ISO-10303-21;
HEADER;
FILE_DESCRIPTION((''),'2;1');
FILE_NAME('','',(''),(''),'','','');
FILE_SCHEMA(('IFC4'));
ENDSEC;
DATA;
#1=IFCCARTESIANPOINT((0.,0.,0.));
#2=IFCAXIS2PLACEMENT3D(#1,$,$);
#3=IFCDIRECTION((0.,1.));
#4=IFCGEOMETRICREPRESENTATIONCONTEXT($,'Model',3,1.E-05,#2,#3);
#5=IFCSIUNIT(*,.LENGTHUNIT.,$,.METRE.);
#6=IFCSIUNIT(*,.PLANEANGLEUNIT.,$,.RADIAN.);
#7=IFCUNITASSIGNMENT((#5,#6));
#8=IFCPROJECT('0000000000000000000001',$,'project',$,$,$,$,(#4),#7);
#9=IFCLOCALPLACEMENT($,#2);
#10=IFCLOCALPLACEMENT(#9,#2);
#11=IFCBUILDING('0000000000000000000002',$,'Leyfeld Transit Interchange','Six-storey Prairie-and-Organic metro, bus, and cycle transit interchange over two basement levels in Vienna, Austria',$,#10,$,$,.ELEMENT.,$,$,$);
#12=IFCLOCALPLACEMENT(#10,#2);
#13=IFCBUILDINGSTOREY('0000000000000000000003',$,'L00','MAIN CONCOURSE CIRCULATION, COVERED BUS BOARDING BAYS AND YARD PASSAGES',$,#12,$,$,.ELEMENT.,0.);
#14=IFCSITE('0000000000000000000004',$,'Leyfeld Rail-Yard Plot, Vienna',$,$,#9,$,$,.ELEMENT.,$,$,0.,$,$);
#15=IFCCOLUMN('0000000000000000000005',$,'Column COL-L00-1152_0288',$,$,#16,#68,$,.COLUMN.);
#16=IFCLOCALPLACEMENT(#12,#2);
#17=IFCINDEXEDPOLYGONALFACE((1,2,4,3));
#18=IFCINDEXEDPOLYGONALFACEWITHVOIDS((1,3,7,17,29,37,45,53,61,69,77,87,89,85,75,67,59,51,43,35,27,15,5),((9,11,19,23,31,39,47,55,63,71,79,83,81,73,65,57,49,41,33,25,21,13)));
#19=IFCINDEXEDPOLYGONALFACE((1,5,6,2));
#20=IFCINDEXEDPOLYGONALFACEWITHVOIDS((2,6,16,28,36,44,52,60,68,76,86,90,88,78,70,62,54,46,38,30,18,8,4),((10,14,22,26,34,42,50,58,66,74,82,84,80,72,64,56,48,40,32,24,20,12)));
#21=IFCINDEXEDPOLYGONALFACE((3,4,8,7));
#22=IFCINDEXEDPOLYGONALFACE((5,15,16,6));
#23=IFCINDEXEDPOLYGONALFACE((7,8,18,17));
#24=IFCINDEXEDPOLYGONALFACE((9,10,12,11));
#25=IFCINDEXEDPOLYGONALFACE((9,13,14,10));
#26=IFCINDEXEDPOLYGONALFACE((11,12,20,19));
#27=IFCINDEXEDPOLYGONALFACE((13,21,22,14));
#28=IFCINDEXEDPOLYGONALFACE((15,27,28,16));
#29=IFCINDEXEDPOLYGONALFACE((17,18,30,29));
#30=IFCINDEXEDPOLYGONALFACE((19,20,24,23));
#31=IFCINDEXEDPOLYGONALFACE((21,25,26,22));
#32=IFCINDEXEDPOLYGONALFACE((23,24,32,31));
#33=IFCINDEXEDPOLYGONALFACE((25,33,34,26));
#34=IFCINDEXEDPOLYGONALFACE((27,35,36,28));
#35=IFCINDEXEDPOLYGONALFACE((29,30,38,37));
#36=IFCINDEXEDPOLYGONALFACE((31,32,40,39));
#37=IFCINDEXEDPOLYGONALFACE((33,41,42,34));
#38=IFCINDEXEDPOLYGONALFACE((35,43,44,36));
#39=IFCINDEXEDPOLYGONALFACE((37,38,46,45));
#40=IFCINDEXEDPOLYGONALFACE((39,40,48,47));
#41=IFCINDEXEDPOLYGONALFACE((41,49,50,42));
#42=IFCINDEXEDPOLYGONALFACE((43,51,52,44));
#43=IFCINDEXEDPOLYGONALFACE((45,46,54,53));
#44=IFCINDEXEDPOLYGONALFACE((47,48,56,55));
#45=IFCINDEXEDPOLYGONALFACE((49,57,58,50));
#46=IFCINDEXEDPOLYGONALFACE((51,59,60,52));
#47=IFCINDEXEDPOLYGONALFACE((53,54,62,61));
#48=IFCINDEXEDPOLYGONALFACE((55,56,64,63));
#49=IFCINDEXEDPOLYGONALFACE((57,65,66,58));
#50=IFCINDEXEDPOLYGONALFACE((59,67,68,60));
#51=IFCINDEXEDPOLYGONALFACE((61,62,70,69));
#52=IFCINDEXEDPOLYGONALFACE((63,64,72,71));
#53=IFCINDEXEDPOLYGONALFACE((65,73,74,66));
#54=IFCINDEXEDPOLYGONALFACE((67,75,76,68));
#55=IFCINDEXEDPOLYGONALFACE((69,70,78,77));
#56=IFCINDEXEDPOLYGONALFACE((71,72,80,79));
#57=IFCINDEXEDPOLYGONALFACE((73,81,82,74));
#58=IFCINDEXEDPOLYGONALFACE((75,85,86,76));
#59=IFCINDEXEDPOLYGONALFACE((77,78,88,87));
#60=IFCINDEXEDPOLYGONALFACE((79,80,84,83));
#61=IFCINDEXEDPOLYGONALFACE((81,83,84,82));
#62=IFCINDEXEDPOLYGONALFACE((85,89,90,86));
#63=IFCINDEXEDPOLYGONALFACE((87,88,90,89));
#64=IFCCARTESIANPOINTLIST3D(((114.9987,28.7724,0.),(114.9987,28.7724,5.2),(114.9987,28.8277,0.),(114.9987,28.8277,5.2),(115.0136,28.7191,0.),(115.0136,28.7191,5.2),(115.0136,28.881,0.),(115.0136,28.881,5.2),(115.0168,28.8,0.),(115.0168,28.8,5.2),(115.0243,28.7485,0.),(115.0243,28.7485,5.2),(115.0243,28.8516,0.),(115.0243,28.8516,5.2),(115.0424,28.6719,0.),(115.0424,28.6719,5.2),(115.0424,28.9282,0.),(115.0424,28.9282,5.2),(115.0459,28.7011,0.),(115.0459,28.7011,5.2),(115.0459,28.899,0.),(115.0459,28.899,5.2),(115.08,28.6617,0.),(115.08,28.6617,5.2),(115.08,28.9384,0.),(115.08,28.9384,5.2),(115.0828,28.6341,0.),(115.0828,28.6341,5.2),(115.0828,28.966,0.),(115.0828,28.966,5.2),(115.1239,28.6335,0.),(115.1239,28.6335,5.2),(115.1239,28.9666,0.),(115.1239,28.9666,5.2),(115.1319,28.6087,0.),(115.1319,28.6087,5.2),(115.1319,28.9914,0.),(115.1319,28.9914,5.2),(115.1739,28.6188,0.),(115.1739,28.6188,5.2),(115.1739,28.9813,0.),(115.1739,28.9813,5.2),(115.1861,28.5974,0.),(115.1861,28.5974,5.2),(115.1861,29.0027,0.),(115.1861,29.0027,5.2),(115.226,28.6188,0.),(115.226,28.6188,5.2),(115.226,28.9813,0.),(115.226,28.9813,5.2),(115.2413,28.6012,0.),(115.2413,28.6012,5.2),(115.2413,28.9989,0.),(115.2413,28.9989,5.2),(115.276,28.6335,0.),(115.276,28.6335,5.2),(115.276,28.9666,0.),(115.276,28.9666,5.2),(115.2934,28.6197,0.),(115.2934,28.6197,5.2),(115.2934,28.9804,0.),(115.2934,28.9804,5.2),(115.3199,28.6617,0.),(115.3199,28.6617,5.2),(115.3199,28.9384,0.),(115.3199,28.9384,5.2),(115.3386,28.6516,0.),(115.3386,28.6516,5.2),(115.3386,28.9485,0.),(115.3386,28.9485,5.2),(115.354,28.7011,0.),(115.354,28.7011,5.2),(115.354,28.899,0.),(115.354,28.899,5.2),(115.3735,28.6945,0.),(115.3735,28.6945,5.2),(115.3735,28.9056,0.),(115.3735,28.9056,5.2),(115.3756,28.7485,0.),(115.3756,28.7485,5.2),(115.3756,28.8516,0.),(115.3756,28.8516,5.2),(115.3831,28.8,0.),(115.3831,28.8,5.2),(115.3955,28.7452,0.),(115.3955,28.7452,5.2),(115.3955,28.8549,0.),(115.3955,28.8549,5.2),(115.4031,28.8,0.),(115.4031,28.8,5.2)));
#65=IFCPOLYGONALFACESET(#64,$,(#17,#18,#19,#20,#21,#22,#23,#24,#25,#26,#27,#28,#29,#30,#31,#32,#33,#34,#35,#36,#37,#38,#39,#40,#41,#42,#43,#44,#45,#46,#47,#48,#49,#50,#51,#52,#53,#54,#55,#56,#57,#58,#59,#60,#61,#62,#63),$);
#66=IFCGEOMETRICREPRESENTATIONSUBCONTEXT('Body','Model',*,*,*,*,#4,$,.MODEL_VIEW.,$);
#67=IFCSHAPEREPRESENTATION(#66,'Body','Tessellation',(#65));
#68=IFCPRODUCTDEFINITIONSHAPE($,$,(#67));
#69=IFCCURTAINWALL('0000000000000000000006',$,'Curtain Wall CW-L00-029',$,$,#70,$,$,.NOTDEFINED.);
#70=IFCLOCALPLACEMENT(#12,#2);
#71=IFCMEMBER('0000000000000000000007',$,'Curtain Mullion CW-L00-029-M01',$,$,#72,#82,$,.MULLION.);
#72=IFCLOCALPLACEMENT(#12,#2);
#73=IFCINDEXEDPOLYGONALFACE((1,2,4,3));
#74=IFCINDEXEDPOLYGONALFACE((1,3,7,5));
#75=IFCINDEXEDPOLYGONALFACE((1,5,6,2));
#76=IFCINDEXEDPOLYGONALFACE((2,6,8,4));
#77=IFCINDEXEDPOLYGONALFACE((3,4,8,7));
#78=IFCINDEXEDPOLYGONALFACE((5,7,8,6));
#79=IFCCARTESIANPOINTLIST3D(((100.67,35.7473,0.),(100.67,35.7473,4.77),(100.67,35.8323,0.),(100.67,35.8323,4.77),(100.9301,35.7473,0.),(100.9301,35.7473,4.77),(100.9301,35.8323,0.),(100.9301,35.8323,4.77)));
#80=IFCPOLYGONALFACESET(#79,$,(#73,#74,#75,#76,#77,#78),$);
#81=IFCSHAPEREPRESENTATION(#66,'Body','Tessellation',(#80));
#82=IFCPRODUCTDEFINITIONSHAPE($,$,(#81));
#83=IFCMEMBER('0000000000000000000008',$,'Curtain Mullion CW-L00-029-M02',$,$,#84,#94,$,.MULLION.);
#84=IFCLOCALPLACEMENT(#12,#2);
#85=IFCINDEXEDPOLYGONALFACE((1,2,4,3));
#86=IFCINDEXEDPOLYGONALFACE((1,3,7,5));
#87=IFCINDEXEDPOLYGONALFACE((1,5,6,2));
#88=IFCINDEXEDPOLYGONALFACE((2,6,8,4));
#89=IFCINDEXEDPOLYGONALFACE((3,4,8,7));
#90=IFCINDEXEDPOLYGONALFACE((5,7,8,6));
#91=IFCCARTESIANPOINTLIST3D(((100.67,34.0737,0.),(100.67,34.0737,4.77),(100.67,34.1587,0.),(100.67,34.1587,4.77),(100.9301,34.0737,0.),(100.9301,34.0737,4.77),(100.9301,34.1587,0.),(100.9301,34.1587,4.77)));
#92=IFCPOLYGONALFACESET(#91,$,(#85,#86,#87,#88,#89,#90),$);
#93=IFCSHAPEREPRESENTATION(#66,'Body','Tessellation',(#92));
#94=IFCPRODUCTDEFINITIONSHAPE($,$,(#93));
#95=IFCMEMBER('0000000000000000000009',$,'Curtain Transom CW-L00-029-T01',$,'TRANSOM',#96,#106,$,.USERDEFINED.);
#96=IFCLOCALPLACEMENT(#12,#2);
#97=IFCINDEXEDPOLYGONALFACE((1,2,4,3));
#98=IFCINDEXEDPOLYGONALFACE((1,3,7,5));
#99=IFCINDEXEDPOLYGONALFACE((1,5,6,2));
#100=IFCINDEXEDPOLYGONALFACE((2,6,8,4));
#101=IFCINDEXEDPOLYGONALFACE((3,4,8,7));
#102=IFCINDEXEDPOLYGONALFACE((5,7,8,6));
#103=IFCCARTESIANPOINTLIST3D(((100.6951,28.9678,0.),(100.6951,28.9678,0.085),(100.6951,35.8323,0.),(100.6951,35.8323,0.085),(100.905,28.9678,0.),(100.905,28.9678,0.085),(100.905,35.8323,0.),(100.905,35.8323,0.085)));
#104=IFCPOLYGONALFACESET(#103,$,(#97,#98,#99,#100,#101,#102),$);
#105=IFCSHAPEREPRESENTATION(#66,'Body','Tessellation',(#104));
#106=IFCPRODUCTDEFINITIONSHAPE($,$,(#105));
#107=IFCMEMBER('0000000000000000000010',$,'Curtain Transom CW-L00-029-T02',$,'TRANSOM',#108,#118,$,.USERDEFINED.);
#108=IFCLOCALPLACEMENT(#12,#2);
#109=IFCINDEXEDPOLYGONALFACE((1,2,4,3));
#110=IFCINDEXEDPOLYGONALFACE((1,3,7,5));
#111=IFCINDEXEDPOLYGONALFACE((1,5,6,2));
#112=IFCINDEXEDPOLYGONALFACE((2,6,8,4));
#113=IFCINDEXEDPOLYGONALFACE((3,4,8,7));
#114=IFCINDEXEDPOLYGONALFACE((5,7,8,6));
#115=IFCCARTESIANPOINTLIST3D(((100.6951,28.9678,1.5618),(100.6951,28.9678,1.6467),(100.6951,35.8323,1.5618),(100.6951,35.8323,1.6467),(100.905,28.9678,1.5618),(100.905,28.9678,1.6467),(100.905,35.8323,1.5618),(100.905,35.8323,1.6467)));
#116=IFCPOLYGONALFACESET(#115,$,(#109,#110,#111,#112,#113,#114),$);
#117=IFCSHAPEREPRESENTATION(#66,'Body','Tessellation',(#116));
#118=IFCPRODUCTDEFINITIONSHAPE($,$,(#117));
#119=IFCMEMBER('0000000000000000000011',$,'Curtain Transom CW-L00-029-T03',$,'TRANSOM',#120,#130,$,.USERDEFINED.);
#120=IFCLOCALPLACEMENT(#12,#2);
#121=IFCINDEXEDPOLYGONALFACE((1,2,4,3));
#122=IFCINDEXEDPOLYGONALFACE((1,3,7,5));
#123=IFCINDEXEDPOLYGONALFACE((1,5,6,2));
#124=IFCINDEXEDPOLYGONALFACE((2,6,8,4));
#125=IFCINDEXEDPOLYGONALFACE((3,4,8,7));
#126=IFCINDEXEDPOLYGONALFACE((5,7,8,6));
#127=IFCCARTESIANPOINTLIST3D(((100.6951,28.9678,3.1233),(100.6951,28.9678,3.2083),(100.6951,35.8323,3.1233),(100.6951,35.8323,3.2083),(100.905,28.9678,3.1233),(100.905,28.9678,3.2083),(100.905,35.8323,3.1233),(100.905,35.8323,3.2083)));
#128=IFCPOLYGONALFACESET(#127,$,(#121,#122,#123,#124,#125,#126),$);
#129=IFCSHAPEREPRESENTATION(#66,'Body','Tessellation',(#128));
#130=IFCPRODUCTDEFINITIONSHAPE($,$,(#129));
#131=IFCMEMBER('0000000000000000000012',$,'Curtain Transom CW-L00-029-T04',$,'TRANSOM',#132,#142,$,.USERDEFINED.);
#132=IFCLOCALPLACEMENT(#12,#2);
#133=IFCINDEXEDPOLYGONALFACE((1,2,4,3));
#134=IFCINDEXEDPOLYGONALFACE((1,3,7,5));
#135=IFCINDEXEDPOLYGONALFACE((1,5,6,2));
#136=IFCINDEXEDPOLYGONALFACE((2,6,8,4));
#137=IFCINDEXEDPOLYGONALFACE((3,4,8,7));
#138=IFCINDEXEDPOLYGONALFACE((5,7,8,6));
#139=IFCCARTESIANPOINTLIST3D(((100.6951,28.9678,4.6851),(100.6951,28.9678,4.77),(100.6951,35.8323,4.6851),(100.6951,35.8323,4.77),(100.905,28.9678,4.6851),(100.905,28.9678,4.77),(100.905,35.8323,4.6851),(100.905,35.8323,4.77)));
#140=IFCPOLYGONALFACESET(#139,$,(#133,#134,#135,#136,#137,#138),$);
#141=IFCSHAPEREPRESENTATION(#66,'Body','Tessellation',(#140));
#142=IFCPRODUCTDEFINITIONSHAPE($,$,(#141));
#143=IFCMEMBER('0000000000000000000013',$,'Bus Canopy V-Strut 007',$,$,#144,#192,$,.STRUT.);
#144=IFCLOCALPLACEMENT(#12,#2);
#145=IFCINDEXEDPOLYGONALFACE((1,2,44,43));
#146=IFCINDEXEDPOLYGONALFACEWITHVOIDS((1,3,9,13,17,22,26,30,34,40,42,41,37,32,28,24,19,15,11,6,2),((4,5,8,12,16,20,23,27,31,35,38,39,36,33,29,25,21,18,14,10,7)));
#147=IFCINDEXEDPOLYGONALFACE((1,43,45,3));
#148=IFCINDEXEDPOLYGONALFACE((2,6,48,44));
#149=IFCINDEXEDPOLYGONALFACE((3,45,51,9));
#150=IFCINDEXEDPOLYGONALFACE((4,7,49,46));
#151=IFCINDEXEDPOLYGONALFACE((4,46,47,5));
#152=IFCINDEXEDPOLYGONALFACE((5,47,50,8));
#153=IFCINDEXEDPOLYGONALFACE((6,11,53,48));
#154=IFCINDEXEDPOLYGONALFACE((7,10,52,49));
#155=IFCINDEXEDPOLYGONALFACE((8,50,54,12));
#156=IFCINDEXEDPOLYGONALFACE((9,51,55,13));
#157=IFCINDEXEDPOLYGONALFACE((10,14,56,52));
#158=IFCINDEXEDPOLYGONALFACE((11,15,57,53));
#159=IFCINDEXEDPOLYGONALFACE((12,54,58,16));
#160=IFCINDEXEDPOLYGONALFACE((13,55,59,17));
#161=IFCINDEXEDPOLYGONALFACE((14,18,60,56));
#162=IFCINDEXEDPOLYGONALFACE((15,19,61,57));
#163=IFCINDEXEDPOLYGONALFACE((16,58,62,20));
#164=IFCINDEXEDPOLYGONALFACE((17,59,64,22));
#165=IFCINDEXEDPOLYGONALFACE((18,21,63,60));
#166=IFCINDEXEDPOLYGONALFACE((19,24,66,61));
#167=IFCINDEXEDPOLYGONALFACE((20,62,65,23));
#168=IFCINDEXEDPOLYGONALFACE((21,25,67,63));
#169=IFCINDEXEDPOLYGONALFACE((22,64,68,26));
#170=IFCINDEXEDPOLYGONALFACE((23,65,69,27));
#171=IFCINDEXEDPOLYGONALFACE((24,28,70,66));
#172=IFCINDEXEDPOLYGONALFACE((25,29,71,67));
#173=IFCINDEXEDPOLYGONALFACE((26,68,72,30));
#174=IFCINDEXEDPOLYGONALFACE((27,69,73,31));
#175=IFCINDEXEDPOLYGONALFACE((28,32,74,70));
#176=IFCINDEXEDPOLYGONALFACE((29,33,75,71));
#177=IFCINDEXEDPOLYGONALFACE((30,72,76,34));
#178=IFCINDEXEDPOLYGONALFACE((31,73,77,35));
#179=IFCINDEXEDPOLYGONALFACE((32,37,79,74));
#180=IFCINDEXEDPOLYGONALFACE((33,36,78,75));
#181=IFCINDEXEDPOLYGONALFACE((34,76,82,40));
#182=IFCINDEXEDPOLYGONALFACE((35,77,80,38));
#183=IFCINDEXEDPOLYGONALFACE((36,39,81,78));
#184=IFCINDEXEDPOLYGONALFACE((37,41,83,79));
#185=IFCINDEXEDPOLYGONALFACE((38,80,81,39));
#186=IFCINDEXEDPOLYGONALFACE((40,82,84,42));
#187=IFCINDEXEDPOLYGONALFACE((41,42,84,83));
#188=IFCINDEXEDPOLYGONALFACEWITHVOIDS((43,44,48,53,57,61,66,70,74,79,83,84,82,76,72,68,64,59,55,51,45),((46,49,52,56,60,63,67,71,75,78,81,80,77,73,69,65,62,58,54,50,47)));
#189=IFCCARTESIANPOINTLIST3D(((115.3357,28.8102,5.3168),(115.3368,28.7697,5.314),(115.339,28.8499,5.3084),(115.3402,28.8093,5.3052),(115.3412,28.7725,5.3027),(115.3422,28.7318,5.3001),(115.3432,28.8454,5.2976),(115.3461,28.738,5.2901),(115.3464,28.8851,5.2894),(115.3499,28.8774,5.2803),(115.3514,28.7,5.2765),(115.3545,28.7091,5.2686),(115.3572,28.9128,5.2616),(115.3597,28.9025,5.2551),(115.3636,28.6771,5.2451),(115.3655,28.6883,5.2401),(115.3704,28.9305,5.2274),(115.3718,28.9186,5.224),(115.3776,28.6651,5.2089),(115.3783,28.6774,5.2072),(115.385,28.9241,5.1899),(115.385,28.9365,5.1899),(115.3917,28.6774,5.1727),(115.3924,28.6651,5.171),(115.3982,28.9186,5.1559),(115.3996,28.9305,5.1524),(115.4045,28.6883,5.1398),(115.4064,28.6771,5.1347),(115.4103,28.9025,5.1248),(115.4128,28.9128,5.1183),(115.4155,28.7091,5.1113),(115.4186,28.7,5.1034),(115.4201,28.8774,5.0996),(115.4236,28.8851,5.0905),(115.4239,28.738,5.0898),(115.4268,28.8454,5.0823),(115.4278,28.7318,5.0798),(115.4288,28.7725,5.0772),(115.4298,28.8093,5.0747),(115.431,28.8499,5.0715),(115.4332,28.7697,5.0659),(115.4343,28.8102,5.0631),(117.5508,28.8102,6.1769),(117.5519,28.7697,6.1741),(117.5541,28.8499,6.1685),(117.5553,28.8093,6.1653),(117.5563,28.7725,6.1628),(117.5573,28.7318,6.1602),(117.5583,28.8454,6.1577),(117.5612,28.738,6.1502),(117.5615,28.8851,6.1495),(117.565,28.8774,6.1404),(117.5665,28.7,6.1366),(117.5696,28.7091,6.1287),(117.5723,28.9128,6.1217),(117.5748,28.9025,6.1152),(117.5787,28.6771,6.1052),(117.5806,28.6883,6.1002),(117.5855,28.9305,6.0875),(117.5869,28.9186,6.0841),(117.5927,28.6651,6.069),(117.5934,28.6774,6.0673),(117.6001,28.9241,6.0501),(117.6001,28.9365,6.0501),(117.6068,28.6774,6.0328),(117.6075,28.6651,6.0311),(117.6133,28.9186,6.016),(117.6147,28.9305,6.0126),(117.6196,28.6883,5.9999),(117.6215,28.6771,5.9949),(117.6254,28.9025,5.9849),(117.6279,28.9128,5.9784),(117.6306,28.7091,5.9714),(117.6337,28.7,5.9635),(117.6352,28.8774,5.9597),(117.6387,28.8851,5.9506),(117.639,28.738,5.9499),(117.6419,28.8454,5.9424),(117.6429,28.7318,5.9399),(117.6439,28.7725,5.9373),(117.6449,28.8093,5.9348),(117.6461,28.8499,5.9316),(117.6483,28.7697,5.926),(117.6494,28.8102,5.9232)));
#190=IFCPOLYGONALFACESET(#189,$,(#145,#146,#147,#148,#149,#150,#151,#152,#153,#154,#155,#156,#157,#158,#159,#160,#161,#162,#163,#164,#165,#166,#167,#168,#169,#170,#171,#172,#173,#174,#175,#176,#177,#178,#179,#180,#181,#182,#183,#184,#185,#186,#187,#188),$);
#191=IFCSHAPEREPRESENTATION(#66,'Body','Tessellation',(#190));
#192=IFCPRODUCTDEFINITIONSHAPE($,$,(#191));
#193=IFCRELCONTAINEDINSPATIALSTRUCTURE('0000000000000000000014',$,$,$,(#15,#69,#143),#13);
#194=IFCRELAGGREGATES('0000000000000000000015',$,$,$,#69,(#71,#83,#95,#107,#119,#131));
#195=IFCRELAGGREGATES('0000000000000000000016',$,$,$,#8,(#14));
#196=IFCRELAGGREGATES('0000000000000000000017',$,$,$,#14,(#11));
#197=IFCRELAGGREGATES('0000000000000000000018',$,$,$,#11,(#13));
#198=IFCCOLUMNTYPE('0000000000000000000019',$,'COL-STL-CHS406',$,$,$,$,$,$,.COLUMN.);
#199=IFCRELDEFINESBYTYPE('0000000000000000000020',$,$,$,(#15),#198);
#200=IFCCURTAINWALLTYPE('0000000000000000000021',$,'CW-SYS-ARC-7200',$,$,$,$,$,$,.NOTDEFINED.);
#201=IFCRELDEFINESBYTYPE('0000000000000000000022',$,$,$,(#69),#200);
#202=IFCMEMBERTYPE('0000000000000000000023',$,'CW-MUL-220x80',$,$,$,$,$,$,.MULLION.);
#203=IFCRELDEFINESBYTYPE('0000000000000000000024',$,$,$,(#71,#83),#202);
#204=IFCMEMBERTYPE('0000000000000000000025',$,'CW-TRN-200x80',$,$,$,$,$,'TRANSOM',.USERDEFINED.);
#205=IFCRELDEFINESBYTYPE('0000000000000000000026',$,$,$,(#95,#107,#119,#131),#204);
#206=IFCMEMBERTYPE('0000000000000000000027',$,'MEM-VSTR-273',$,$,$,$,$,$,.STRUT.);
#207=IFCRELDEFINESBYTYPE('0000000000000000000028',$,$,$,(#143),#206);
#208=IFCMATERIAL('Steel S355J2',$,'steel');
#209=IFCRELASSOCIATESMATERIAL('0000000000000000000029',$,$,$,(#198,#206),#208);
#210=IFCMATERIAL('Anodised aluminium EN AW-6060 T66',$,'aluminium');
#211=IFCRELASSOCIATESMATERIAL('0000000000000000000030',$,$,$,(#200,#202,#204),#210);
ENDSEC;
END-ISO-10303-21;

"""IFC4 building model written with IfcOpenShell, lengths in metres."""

from ifc_helpers import new_model, si_unit, direction, frame, origin, origin_2d, place, context, subcontext, project, spatial, rectangle, hollow_circle, extrude, material, material_profile, profile_set, type_object, element, aggregate, save


model = new_model("IFC4")

# Units and contexts
model_context = context("Model", 3, precision=1e-05, world=origin(), true_north=direction((0.0, 1.0)))
body_context = subcontext(model_context, "Body", "Model", "MODEL_VIEW")
ifc_project = project(units=[si_unit("LENGTHUNIT", "METRE"), si_unit("PLANEANGLEUNIT", "RADIAN")], contexts=[model_context])

# Site, building, storey
site_placement = place(None, origin())
site = spatial("IfcSite", under=ifc_project, at=site_placement, Name="Leyfeld Rail-Yard Plot, Vienna", CompositionType="ELEMENT", RefElevation=0.0)
building_placement = place(site_placement, origin())
building = spatial("IfcBuilding", under=site, at=building_placement, Name="Leyfeld Transit Interchange", Description="Six-storey Prairie-and-Organic metro, bus, and cycle transit interchange over two basement levels in Vienna, Austria", CompositionType="ELEMENT")
storey_placement = place(building_placement, origin())
storey = spatial("IfcBuildingStorey", under=building, at=storey_placement, Name="L00", Description="MAIN CONCOURSE CIRCULATION, COVERED BUS BOARDING BAYS AND YARD PASSAGES", CompositionType="ELEMENT", Elevation=0.0)

# Column
ifc_material_1 = material(Name="Steel S355J2", Category="steel")
ifc_material_profile_1 = material_profile(ifc_material_1, hollow_circle(Radius=0.2031, WallThickness=0.02, at=origin_2d()), Name="CHS 406.4x20")
ifc_profile_set_1 = profile_set([ifc_material_profile_1], Name="Steel S355J2")
column_type = type_object("IfcColumnType", Name="COL-STL-CHS406", PredefinedType="COLUMN", material=ifc_profile_set_1)
column_placement = place(storey_placement, frame((115.2, 28.8, 0.0), z_axis=(0.0, 0.0, 1.0), x_axis=(1.0, 0.0, 0.0)))
element("IfcColumn", 1, at=column_placement, inside=storey, type_object=column_type, Name="Column COL-L00-1152_0288", PredefinedType="COLUMN", context=body_context, shape_type="SweptSolid", body=[
    extrude(hollow_circle(Radius=0.2031, WallThickness=0.02, at=origin_2d()), origin(), (0.0, 0.0, 1.0), 5.2),
])

# Curtain wall, members
ifc_material_2 = material(Name="Anodised aluminium EN AW-6060 T66", Category="aluminium")
curtain_wall_type = type_object("IfcCurtainWallType", Name="CW-SYS-ARC-7200", PredefinedType="NOTDEFINED", material=ifc_material_2)
curtain_wall_placement = place(storey_placement, origin())
curtain_wall = element("IfcCurtainWall", 2, at=curtain_wall_placement, inside=storey, type_object=curtain_wall_type, Name="Curtain Wall CW-L00-029", PredefinedType="NOTDEFINED")
ifc_material_profile_2 = material_profile(ifc_material_2, rectangle(XDim=0.085, YDim=0.26, at=origin_2d()), Name="CW-M 85x260")
ifc_profile_set_2 = profile_set([ifc_material_profile_2], Name="Anodised aluminium EN AW-6060 T66")
member_type_1 = type_object("IfcMemberType", Name="CW-MUL-220x80", PredefinedType="MULLION", material=ifc_profile_set_2)
member_1_placement = place(storey_placement, frame((100.8, 35.7898, 0.0), z_axis=(0.0, 0.0, 1.0), x_axis=(0.0, -1.0, 0.0)))
member_1 = element("IfcMember", 3, at=member_1_placement, type_object=member_type_1, Name="Curtain Mullion CW-L00-029-M01", PredefinedType="MULLION", context=body_context, shape_type="SweptSolid", body=[
    extrude(rectangle(XDim=0.085, YDim=0.26, at=origin_2d()), origin(), (0.0, 0.0, 1.0), 4.77),
])
member_2_placement = place(storey_placement, frame((100.8, 34.1162, 0.0), z_axis=(0.0, 0.0, 1.0), x_axis=(0.0, -1.0, 0.0)))
member_2 = element("IfcMember", 4, at=member_2_placement, type_object=member_type_1, Name="Curtain Mullion CW-L00-029-M02", PredefinedType="MULLION", context=body_context, shape_type="SweptSolid", body=[
    extrude(rectangle(XDim=0.085, YDim=0.26, at=origin_2d()), origin(), (0.0, 0.0, 1.0), 4.77),
])
ifc_material_profile_3 = material_profile(ifc_material_2, rectangle(XDim=0.21, YDim=0.085, at=origin_2d()), Name="CW-TRN-200x80")
ifc_profile_set_3 = profile_set([ifc_material_profile_3], Name="Anodised aluminium EN AW-6060 T66")
member_type_2 = type_object("IfcMemberType", Name="CW-TRN-200x80", ElementType="TRANSOM", PredefinedType="USERDEFINED", material=ifc_profile_set_3)
member_3_placement = place(storey_placement, frame((100.8, 35.8323, 0.0425), z_axis=(0.0, -1.0, 0.0), x_axis=(1.0, 0.0, 0.0)))
member_3 = element("IfcMember", 5, at=member_3_placement, type_object=member_type_2, Name="Curtain Transom CW-L00-029-T01", ObjectType="TRANSOM", PredefinedType="USERDEFINED", context=body_context, shape_type="SweptSolid", body=[
    extrude(rectangle(XDim=0.21, YDim=0.085, at=origin_2d()), origin(), (0.0, 0.0, 1.0), 6.8645),
])
member_4_placement = place(storey_placement, frame((100.8, 35.8323, 1.6042), z_axis=(0.0, -1.0, 0.0), x_axis=(1.0, 0.0, 0.0)))
member_4 = element("IfcMember", 6, at=member_4_placement, type_object=member_type_2, Name="Curtain Transom CW-L00-029-T02", ObjectType="TRANSOM", PredefinedType="USERDEFINED", context=body_context, shape_type="SweptSolid", body=[
    extrude(rectangle(XDim=0.21, YDim=0.085, at=origin_2d()), origin(), (0.0, 0.0, 1.0), 6.8645),
])
member_5_placement = place(storey_placement, frame((100.8, 35.8323, 3.1658), z_axis=(0.0, -1.0, 0.0), x_axis=(1.0, 0.0, 0.0)))
member_5 = element("IfcMember", 7, at=member_5_placement, type_object=member_type_2, Name="Curtain Transom CW-L00-029-T03", ObjectType="TRANSOM", PredefinedType="USERDEFINED", context=body_context, shape_type="SweptSolid", body=[
    extrude(rectangle(XDim=0.21, YDim=0.085, at=origin_2d()), origin(), (0.0, 0.0, 1.0), 6.8645),
])
member_6_placement = place(storey_placement, frame((100.8, 35.8323, 4.7275), z_axis=(0.0, -1.0, 0.0), x_axis=(1.0, 0.0, 0.0)))
member_6 = element("IfcMember", 8, at=member_6_placement, type_object=member_type_2, Name="Curtain Transom CW-L00-029-T04", ObjectType="TRANSOM", PredefinedType="USERDEFINED", context=body_context, shape_type="SweptSolid", body=[
    extrude(rectangle(XDim=0.21, YDim=0.085, at=origin_2d()), origin(), (0.0, 0.0, 1.0), 6.8645),
])

# Member
ifc_material_profile_4 = material_profile(ifc_material_1, hollow_circle(Radius=0.1365, WallThickness=0.0125, at=origin_2d()), Name="CHS 273x12.5")
ifc_profile_set_4 = profile_set([ifc_material_profile_4], Name="Steel S355J2")
member_type_3 = type_object("IfcMemberType", Name="MEM-VSTR-273", PredefinedType="STRUT", material=ifc_profile_set_4)
member_7_placement = place(storey_placement, frame((115.385, 28.8, 5.1899), z_axis=(0.932192, 0.0, 0.361965), x_axis=(0.0, 1.0, 0.0)))
element("IfcMember", 9, at=member_7_placement, inside=storey, type_object=member_type_3, Name="Bus Canopy V-Strut 007", PredefinedType="STRUT", context=body_context, shape_type="SweptSolid", body=[
    extrude(hollow_circle(Radius=0.1365, WallThickness=0.0125, at=origin_2d()), origin(), (0.0, 0.0, 1.0), 2.3762),
])

aggregate(curtain_wall, [member_1, member_2, member_3, member_4, member_5, member_6])

save(model, "model.ifc")
